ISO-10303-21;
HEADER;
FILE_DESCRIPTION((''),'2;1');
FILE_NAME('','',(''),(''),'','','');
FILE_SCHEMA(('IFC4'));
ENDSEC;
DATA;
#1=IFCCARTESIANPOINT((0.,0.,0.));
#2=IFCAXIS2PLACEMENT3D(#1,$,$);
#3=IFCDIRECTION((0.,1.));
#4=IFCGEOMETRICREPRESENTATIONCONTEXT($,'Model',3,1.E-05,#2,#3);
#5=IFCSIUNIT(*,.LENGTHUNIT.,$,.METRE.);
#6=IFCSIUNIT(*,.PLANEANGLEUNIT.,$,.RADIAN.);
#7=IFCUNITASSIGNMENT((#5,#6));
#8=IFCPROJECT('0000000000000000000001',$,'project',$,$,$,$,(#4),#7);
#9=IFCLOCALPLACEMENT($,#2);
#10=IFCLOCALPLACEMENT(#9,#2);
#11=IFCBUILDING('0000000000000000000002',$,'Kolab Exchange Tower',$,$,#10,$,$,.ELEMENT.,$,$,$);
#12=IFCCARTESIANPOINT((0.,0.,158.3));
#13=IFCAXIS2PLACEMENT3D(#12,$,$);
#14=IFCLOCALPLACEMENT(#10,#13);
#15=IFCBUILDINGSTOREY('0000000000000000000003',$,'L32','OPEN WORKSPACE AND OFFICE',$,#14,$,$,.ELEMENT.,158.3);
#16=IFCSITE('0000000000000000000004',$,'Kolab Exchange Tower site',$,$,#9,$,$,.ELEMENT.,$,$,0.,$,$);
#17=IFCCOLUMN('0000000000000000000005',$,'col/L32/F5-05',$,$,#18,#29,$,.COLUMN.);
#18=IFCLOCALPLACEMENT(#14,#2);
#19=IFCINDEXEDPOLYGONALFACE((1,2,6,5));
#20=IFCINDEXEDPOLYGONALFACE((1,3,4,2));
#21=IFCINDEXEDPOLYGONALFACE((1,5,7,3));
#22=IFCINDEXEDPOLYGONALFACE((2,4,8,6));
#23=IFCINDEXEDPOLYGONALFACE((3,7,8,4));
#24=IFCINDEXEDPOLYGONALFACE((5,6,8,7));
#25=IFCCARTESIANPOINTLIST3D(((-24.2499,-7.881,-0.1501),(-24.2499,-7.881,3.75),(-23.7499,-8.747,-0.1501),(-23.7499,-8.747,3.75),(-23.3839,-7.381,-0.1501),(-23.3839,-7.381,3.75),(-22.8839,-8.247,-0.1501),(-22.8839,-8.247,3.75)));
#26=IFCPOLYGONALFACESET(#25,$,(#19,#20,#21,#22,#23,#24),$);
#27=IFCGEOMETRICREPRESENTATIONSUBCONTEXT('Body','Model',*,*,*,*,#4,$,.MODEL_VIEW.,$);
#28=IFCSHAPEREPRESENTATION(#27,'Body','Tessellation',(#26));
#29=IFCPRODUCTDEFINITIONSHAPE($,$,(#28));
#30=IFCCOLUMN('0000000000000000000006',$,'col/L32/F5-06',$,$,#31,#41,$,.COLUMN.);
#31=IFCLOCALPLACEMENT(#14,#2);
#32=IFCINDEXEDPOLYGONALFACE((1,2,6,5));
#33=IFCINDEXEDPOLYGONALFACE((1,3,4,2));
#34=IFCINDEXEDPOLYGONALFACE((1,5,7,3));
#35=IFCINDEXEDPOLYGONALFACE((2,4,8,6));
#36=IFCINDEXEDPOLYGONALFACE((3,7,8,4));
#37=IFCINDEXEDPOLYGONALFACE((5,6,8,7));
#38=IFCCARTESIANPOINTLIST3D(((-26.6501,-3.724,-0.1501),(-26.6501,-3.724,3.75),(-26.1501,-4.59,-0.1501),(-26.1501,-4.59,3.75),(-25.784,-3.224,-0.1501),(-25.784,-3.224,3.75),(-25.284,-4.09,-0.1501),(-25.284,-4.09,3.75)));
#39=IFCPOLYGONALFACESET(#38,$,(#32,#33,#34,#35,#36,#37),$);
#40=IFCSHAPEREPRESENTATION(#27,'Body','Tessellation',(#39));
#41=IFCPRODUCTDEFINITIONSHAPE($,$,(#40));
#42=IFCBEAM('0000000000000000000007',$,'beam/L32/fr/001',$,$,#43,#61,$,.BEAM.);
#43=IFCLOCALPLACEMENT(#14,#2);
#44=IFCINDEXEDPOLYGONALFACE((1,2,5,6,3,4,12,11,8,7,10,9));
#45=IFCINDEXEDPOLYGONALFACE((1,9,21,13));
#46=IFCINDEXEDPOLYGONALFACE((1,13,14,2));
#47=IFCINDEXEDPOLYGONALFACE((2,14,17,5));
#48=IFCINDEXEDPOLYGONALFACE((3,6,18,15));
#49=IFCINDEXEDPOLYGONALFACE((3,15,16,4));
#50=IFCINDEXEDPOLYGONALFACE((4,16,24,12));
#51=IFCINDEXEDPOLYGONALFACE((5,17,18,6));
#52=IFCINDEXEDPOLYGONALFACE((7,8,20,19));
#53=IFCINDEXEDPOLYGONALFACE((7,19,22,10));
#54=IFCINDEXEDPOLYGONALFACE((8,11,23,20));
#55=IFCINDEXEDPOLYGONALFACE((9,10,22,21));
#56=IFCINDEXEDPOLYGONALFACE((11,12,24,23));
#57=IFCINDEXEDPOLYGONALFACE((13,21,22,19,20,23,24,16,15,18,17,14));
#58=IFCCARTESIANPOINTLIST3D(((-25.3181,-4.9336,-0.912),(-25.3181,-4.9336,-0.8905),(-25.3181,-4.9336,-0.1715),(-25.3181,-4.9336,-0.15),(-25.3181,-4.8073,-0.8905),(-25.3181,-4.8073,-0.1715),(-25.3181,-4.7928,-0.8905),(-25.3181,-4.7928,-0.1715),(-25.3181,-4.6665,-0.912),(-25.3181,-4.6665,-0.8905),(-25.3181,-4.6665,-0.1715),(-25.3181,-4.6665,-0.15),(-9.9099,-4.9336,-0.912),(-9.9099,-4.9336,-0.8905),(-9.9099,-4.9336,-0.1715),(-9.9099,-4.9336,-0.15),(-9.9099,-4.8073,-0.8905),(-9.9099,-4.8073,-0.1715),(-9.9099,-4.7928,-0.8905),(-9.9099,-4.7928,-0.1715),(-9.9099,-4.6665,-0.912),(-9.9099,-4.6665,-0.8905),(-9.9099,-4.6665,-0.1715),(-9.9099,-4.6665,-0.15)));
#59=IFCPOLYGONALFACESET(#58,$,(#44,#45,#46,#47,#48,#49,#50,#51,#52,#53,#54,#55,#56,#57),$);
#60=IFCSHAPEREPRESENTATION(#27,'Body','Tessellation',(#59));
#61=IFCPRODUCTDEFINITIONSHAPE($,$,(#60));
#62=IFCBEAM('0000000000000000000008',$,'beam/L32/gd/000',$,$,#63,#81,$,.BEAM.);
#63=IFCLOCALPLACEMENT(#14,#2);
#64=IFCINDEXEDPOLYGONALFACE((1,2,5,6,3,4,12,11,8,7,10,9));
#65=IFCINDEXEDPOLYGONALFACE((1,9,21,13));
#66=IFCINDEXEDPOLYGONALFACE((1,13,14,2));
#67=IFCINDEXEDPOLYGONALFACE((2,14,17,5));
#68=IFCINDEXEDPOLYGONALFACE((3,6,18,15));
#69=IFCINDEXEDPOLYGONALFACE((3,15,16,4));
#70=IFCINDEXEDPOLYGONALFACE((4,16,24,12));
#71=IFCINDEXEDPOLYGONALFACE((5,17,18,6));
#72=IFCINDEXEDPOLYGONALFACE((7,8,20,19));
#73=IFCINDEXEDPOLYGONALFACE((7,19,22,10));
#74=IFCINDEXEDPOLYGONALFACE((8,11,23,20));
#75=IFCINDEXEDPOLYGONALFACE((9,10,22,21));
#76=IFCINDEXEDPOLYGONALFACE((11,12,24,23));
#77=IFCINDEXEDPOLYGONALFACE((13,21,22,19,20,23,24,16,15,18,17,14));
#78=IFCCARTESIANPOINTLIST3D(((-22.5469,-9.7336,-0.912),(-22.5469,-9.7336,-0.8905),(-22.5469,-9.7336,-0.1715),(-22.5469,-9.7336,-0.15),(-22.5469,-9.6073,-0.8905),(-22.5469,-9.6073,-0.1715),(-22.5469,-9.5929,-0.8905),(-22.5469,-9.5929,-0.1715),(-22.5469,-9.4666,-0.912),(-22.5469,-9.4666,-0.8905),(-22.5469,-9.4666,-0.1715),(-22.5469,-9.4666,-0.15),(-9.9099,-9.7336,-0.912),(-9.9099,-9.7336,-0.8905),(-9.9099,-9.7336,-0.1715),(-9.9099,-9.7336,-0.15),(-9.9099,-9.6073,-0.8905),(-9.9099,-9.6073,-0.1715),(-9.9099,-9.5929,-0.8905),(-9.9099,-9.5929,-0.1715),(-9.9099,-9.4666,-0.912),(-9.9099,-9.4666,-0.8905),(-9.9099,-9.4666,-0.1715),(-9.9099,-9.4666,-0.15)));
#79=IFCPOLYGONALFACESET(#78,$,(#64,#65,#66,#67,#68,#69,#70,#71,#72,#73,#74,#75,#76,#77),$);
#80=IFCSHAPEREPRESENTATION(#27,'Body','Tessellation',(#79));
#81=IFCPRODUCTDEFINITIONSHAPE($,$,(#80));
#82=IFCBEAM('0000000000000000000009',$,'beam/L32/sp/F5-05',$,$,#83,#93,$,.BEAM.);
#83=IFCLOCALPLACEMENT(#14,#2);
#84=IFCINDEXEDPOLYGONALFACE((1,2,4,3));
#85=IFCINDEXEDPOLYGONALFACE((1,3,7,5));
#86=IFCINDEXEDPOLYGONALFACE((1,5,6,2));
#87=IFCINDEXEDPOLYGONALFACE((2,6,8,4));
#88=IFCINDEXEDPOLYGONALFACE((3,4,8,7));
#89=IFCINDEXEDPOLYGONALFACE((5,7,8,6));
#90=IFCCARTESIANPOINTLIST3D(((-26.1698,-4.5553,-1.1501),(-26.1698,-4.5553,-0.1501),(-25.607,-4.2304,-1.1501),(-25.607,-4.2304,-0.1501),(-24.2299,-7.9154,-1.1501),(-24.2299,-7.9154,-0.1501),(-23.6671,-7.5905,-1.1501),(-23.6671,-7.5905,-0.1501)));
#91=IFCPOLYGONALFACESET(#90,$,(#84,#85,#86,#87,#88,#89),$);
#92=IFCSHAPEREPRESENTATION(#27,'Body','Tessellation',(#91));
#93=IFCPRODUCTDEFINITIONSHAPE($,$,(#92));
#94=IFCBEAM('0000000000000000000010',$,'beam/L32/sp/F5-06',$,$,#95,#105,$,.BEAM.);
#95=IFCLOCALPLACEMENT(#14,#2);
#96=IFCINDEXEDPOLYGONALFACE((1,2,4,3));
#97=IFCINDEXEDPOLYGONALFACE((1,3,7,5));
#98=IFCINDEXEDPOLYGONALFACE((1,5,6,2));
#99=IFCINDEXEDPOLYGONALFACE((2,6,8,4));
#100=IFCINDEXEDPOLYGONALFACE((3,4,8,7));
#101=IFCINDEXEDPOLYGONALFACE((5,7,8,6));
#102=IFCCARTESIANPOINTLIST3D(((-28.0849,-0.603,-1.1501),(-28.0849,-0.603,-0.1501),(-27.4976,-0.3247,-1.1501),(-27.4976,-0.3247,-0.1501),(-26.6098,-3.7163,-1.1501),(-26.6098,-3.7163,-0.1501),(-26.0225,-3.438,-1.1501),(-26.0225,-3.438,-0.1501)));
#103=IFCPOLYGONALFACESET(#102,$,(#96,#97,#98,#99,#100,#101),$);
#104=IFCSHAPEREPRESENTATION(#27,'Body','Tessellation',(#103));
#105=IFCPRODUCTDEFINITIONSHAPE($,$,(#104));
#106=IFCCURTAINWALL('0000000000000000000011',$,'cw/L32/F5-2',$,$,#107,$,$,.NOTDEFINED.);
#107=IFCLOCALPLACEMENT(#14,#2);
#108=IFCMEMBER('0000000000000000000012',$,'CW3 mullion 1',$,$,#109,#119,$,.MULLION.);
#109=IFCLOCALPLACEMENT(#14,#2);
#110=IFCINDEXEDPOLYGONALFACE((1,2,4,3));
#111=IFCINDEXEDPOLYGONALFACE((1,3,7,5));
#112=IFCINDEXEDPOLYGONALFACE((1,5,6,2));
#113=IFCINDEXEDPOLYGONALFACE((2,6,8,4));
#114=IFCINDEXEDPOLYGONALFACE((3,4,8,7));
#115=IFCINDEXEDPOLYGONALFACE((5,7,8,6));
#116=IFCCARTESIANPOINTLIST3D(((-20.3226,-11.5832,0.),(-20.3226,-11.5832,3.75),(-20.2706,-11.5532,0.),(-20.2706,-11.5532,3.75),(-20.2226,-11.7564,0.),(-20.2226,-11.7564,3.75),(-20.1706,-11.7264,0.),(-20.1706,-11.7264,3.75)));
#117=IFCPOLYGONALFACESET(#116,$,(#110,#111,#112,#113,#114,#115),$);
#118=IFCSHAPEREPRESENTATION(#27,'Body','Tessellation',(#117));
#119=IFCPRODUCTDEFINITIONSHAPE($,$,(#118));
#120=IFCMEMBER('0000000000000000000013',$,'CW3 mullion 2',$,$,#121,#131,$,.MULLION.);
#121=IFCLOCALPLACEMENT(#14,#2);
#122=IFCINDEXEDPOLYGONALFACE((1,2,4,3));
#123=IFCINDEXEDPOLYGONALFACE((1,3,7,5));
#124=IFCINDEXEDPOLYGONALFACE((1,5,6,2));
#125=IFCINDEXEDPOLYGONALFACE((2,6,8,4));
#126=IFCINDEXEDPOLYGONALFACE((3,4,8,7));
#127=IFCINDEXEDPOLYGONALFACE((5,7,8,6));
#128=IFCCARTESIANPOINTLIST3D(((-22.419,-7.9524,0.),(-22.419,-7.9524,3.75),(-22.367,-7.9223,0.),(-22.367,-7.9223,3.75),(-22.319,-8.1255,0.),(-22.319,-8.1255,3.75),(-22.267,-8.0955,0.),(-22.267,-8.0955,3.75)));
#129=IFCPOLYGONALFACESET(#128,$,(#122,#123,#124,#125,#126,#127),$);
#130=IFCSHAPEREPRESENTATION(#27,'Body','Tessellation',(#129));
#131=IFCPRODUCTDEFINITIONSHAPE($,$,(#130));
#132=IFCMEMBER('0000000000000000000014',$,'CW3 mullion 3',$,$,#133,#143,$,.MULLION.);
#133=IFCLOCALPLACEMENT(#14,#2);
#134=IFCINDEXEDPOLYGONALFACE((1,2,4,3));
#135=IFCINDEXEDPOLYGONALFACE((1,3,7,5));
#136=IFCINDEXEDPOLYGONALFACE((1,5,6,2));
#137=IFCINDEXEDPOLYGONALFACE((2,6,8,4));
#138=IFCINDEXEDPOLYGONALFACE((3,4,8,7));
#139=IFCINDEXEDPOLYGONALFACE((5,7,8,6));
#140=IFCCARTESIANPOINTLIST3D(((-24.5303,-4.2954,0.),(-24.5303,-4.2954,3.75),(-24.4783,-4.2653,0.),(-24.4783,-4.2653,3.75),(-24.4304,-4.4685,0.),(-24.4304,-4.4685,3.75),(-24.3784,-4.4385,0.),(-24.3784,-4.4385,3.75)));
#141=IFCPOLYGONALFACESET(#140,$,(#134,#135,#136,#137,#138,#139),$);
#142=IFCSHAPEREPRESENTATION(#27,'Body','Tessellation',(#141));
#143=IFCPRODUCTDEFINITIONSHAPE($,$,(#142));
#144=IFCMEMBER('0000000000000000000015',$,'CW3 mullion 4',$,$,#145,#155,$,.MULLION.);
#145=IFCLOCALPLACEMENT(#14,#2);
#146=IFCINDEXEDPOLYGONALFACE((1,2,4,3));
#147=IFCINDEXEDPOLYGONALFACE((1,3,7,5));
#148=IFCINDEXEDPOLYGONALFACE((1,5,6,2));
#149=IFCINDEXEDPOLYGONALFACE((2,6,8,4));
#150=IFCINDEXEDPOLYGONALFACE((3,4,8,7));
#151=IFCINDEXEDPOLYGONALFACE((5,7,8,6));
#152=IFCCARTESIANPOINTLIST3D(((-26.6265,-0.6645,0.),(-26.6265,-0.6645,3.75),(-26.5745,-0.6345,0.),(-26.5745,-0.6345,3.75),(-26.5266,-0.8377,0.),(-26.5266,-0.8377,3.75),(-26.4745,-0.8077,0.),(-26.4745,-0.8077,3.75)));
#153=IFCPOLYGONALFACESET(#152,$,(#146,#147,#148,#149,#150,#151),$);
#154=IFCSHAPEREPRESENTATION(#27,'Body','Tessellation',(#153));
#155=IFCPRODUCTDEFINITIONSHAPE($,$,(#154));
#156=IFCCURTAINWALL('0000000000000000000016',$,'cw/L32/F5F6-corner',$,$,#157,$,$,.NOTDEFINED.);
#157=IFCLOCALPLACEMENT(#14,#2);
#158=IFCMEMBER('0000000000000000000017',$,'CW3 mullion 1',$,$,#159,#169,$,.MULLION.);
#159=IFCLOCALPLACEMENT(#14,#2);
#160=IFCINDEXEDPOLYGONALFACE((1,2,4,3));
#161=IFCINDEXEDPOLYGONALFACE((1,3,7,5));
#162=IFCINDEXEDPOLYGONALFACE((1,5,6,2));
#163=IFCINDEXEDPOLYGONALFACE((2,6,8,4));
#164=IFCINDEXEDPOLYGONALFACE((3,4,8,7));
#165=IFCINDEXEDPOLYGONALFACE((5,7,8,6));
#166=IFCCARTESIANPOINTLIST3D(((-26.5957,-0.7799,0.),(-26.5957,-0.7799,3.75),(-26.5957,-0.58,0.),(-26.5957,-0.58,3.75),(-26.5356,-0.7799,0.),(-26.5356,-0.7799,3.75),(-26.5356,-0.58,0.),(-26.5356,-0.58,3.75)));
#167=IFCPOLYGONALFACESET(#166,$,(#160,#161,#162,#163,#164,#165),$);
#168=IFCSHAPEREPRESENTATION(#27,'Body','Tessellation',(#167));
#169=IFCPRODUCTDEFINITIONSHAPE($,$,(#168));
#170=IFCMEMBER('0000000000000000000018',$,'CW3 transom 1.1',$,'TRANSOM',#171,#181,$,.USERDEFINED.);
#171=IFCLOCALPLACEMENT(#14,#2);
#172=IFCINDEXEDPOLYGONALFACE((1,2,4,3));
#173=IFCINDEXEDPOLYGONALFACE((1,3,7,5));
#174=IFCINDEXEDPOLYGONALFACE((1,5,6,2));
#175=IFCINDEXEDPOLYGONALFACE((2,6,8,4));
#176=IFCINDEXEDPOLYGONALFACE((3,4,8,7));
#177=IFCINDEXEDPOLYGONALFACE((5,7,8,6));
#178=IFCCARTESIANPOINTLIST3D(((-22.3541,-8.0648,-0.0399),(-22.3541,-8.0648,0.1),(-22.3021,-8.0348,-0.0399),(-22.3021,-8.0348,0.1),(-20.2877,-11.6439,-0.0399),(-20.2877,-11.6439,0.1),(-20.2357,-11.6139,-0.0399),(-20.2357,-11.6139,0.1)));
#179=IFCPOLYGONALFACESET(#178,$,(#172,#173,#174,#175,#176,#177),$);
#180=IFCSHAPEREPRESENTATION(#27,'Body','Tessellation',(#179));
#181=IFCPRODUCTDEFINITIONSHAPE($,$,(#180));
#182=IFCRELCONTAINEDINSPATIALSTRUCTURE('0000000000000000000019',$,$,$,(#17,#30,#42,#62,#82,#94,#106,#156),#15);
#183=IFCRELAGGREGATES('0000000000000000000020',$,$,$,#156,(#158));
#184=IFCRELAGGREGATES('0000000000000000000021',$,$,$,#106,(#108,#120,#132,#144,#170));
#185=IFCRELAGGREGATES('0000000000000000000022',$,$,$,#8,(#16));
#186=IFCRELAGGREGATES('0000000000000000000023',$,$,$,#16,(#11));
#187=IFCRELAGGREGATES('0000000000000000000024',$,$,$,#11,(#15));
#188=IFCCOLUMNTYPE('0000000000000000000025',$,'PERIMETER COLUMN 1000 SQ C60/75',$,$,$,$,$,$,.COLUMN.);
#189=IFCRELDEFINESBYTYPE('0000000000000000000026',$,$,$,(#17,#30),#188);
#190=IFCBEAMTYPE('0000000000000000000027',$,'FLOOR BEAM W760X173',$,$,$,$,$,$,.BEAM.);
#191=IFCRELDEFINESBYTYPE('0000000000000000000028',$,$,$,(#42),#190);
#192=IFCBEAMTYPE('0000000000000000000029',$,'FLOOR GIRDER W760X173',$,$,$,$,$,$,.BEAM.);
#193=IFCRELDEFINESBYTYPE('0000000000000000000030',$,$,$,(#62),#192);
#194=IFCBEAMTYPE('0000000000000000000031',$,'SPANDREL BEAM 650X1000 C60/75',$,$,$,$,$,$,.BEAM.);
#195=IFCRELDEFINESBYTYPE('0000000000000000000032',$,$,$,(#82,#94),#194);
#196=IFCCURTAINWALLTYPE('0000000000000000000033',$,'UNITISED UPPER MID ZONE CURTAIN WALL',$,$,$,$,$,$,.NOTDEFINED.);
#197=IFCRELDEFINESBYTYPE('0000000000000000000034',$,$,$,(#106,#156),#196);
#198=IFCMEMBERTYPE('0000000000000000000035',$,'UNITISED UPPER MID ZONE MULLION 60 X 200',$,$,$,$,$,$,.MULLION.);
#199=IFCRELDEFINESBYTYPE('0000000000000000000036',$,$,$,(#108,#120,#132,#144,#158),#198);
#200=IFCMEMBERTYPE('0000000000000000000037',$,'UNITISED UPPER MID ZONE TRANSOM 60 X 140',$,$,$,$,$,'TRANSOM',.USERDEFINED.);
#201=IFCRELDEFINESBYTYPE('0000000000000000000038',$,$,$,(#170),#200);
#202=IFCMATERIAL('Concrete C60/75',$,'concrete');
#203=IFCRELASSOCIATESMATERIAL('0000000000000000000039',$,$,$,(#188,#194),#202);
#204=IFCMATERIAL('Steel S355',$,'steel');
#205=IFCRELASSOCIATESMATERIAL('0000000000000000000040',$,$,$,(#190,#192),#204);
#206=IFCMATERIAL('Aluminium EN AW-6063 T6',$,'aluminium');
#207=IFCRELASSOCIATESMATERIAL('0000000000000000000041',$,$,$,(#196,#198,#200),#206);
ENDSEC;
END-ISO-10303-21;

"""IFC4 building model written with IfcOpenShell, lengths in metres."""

from ifc_helpers import new_model, si_unit, direction, frame, origin, origin_2d, place, context, subcontext, project, spatial, rectangle, i_section, extrude, material, material_profile, profile_set, type_object, element, aggregate, save


model = new_model("IFC4")

# Units and contexts
model_context = context("Model", 3, precision=1e-05, world=origin(), true_north=direction((0.0, 1.0)))
body_context = subcontext(model_context, "Body", "Model", "MODEL_VIEW")
ifc_project = project(units=[si_unit("LENGTHUNIT", "METRE"), si_unit("PLANEANGLEUNIT", "RADIAN")], contexts=[model_context])

# Site, building, storey
site_placement = place(None, origin())
site = spatial("IfcSite", under=ifc_project, at=site_placement, Name="Kolab Exchange Tower site", CompositionType="ELEMENT", RefElevation=0.0)
building_placement = place(site_placement, origin())
building = spatial("IfcBuilding", under=site, at=building_placement, Name="Kolab Exchange Tower", CompositionType="ELEMENT")
storey_placement = place(building_placement, frame((0.0, 0.0, 158.3)))
storey = spatial("IfcBuildingStorey", under=building, at=storey_placement, Name="L32", Description="OPEN WORKSPACE AND OFFICE", CompositionType="ELEMENT", Elevation=158.3)

# Columns
ifc_material_1 = material(Name="Concrete C60/75", Category="concrete")
ifc_material_profile_1 = material_profile(ifc_material_1, rectangle(XDim=1.0, YDim=1.0, at=origin_2d()), Name="RC1000")
ifc_profile_set_1 = profile_set([ifc_material_profile_1], Name="Concrete C60/75")
column_type = type_object("IfcColumnType", Name="PERIMETER COLUMN 1000 SQ C60/75", PredefinedType="COLUMN", material=ifc_profile_set_1)
for number, where, z_axis, x_axis, name in (
    (1, (-23.5669, -8.064, -0.1501), (0.0, 0.0, 1.0), (0.866025, 0.5, 0.0), "col/L32/F5-05"),
    (2, (-25.967, -3.907, -0.1501), (0.0, 0.0, 1.0), (0.866025, 0.5, 0.0), "col/L32/F5-06"),
):
    element("IfcColumn", number, at=place(storey_placement, frame(where, z_axis=z_axis, x_axis=x_axis)), inside=storey, type_object=column_type, Name=name, PredefinedType="COLUMN", context=body_context, shape_type="SweptSolid", body=[
        extrude(rectangle(XDim=1.0, YDim=1.0, at=origin_2d()), origin(), (0.0, 0.0, 1.0), 3.9001),
    ])

# Beams
ifc_material_2 = material(Name="Steel S355", Category="steel")
ifc_material_profile_2 = material_profile(ifc_material_2, i_section(OverallWidth=0.2671, OverallDepth=0.762, WebThickness=0.0144, FlangeThickness=0.0215, at=origin_2d()), Name="W760X173")
ifc_profile_set_2 = profile_set([ifc_material_profile_2], Name="Steel S355")
beam_type_1 = type_object("IfcBeamType", Name="FLOOR BEAM W760X173", PredefinedType="BEAM", material=ifc_profile_set_2)
beam_1_placement = place(storey_placement, frame((-25.3181, -4.8, -0.531), z_axis=(1.0, 0.0, 0.0), x_axis=(0.0, 1.0, 0.0)))
element("IfcBeam", 3, at=beam_1_placement, inside=storey, type_object=beam_type_1, Name="beam/L32/fr/001", PredefinedType="BEAM", context=body_context, shape_type="SweptSolid", body=[
    extrude(i_section(OverallWidth=0.2671, OverallDepth=0.762, WebThickness=0.0144, FlangeThickness=0.0215, at=origin_2d()), origin(), (0.0, 0.0, 1.0), 15.4082),
])
ifc_material_profile_3 = material_profile(ifc_material_2, i_section(OverallWidth=0.2671, OverallDepth=0.762, WebThickness=0.0144, FlangeThickness=0.0215, at=origin_2d()), Name="W760X173")
ifc_profile_set_3 = profile_set([ifc_material_profile_3], Name="Steel S355")
beam_type_2 = type_object("IfcBeamType", Name="FLOOR GIRDER W760X173", PredefinedType="BEAM", material=ifc_profile_set_3)
beam_2_placement = place(storey_placement, frame((-22.5469, -9.6001, -0.531), z_axis=(1.0, 0.0, 0.0), x_axis=(0.0, 1.0, 0.0)))
element("IfcBeam", 4, at=beam_2_placement, inside=storey, type_object=beam_type_2, Name="beam/L32/gd/000", PredefinedType="BEAM", context=body_context, shape_type="SweptSolid", body=[
    extrude(i_section(OverallWidth=0.2671, OverallDepth=0.762, WebThickness=0.0144, FlangeThickness=0.0215, at=origin_2d()), origin(), (0.0, 0.0, 1.0), 12.637),
])
ifc_material_profile_4 = material_profile(ifc_material_1, rectangle(XDim=0.6499, YDim=1.0, at=origin_2d()), Name="RC650X1000")
ifc_profile_set_4 = profile_set([ifc_material_profile_4], Name="Concrete C60/75")
beam_type_3 = type_object("IfcBeamType", Name="SPANDREL BEAM 650X1000 C60/75", PredefinedType="BEAM", material=ifc_profile_set_4)
beam_3_placement = place(storey_placement, frame((-23.9485, -7.7529, -0.6501), z_axis=(-0.499997, 0.866027, 0.0), x_axis=(-0.866027, -0.499997, 0.0)))
element("IfcBeam", 5, at=beam_3_placement, inside=storey, type_object=beam_type_3, Name="beam/L32/sp/F5-05", PredefinedType="BEAM", context=body_context, shape_type="SweptSolid", body=[
    extrude(rectangle(XDim=0.6499, YDim=1.0, at=origin_2d()), origin(), (0.0, 0.0, 1.0), 3.8799),
])
beam_4_placement = place(storey_placement, frame((-26.3162, -3.5771, -0.6501), z_axis=(-0.428178, 0.903695, 0.0), x_axis=(-0.903695, -0.428178, 0.0)))
element("IfcBeam", 6, at=beam_4_placement, inside=storey, type_object=beam_type_3, Name="beam/L32/sp/F5-06", PredefinedType="BEAM", context=body_context, shape_type="SweptSolid", body=[
    extrude(rectangle(XDim=0.6499, YDim=1.0, at=origin_2d()), origin(), (0.0, 0.0, 1.0), 3.4451),
])

# Curtain wall, members
ifc_material_3 = material(Name="Aluminium EN AW-6063 T6", Category="aluminium")
curtain_wall_type = type_object("IfcCurtainWallType", Name="UNITISED UPPER MID ZONE CURTAIN WALL", PredefinedType="NOTDEFINED", material=ifc_material_3)
curtain_wall_1_placement = place(storey_placement, origin())
curtain_wall_1 = element("IfcCurtainWall", 7, at=curtain_wall_1_placement, inside=storey, type_object=curtain_wall_type, Name="cw/L32/F5-2", PredefinedType="NOTDEFINED")
ifc_material_profile_5 = material_profile(ifc_material_3, rectangle(XDim=0.0601, YDim=0.2, at=origin_2d()), Name="RECT 60X200")
ifc_profile_set_5 = profile_set([ifc_material_profile_5], Name="Aluminium EN AW-6063 T6")
member_type_1 = type_object("IfcMemberType", Name="UNITISED UPPER MID ZONE MULLION 60 X 200", PredefinedType="MULLION", material=ifc_profile_set_5)
member_1_placement = place(storey_placement, frame((-20.2466, -11.6548, 0.0), z_axis=(0.0, 0.0, 1.0), x_axis=(-0.866025, -0.5, 0.0)))
member_1 = element("IfcMember", 8, at=member_1_placement, type_object=member_type_1, Name="CW3 mullion 1", PredefinedType="MULLION", context=body_context, shape_type="SweptSolid", body=[
    extrude(rectangle(XDim=0.0601, YDim=0.2, at=origin_2d()), origin(), (0.0, 0.0, 1.0), 3.75),
])
member_2_placement = place(storey_placement, frame((-22.343, -8.0239, 0.0), z_axis=(0.0, 0.0, 1.0), x_axis=(-0.866025, -0.5, 0.0)))
member_2 = element("IfcMember", 9, at=member_2_placement, type_object=member_type_1, Name="CW3 mullion 2", PredefinedType="MULLION", context=body_context, shape_type="SweptSolid", body=[
    extrude(rectangle(XDim=0.0601, YDim=0.2, at=origin_2d()), origin(), (0.0, 0.0, 1.0), 3.75),
])
member_3_placement = place(storey_placement, frame((-24.4543, -4.3669, 0.0), z_axis=(0.0, 0.0, 1.0), x_axis=(-0.866025, -0.5, 0.0)))
member_3 = element("IfcMember", 10, at=member_3_placement, type_object=member_type_1, Name="CW3 mullion 3", PredefinedType="MULLION", context=body_context, shape_type="SweptSolid", body=[
    extrude(rectangle(XDim=0.0601, YDim=0.2, at=origin_2d()), origin(), (0.0, 0.0, 1.0), 3.75),
])
member_4_placement = place(storey_placement, frame((-26.5505, -0.7361, 0.0), z_axis=(0.0, 0.0, 1.0), x_axis=(-0.866025, -0.5, 0.0)))
member_4 = element("IfcMember", 11, at=member_4_placement, type_object=member_type_1, Name="CW3 mullion 4", PredefinedType="MULLION", context=body_context, shape_type="SweptSolid", body=[
    extrude(rectangle(XDim=0.0601, YDim=0.2, at=origin_2d()), origin(), (0.0, 0.0, 1.0), 3.75),
])

# Curtain wall, member
curtain_wall_2_placement = place(storey_placement, origin())
curtain_wall_2 = element("IfcCurtainWall", 12, at=curtain_wall_2_placement, inside=storey, type_object=curtain_wall_type, Name="cw/L32/F5F6-corner", PredefinedType="NOTDEFINED")
member_5_placement = place(storey_placement, frame((-26.5657, -0.6799, 0.0), z_axis=(0.0, 0.0, 1.0), x_axis=(-1.0, 0.0, 0.0)))
member_5 = element("IfcMember", 13, at=member_5_placement, type_object=member_type_1, Name="CW3 mullion 1", PredefinedType="MULLION", context=body_context, shape_type="SweptSolid", body=[
    extrude(rectangle(XDim=0.0601, YDim=0.2, at=origin_2d()), origin(), (0.0, 0.0, 1.0), 3.75),
])

# Member
ifc_material_profile_6 = material_profile(ifc_material_3, rectangle(XDim=0.0601, YDim=0.1399, at=origin_2d()), Name="RECT 60X140")
ifc_profile_set_6 = profile_set([ifc_material_profile_6], Name="Aluminium EN AW-6063 T6")
member_type_2 = type_object("IfcMemberType", Name="UNITISED UPPER MID ZONE TRANSOM 60 X 140", ElementType="TRANSOM", PredefinedType="USERDEFINED", material=ifc_profile_set_6)
member_6_placement = place(storey_placement, frame((-20.2617, -11.6289, 0.03), z_axis=(-0.500002, 0.866024, 0.0), x_axis=(-0.866024, -0.500002, 0.0)))
member_6 = element("IfcMember", 14, at=member_6_placement, type_object=member_type_2, Name="CW3 transom 1.1", ObjectType="TRANSOM", PredefinedType="USERDEFINED", context=body_context, shape_type="SweptSolid", body=[
    extrude(rectangle(XDim=0.0601, YDim=0.1399, at=origin_2d()), origin(), (0.0, 0.0, 1.0), 4.1328),
])
aggregate(curtain_wall_2, [member_5])

aggregate(curtain_wall_1, [member_1, member_2, member_3, member_4, member_6])

save(model, "model.ifc")
